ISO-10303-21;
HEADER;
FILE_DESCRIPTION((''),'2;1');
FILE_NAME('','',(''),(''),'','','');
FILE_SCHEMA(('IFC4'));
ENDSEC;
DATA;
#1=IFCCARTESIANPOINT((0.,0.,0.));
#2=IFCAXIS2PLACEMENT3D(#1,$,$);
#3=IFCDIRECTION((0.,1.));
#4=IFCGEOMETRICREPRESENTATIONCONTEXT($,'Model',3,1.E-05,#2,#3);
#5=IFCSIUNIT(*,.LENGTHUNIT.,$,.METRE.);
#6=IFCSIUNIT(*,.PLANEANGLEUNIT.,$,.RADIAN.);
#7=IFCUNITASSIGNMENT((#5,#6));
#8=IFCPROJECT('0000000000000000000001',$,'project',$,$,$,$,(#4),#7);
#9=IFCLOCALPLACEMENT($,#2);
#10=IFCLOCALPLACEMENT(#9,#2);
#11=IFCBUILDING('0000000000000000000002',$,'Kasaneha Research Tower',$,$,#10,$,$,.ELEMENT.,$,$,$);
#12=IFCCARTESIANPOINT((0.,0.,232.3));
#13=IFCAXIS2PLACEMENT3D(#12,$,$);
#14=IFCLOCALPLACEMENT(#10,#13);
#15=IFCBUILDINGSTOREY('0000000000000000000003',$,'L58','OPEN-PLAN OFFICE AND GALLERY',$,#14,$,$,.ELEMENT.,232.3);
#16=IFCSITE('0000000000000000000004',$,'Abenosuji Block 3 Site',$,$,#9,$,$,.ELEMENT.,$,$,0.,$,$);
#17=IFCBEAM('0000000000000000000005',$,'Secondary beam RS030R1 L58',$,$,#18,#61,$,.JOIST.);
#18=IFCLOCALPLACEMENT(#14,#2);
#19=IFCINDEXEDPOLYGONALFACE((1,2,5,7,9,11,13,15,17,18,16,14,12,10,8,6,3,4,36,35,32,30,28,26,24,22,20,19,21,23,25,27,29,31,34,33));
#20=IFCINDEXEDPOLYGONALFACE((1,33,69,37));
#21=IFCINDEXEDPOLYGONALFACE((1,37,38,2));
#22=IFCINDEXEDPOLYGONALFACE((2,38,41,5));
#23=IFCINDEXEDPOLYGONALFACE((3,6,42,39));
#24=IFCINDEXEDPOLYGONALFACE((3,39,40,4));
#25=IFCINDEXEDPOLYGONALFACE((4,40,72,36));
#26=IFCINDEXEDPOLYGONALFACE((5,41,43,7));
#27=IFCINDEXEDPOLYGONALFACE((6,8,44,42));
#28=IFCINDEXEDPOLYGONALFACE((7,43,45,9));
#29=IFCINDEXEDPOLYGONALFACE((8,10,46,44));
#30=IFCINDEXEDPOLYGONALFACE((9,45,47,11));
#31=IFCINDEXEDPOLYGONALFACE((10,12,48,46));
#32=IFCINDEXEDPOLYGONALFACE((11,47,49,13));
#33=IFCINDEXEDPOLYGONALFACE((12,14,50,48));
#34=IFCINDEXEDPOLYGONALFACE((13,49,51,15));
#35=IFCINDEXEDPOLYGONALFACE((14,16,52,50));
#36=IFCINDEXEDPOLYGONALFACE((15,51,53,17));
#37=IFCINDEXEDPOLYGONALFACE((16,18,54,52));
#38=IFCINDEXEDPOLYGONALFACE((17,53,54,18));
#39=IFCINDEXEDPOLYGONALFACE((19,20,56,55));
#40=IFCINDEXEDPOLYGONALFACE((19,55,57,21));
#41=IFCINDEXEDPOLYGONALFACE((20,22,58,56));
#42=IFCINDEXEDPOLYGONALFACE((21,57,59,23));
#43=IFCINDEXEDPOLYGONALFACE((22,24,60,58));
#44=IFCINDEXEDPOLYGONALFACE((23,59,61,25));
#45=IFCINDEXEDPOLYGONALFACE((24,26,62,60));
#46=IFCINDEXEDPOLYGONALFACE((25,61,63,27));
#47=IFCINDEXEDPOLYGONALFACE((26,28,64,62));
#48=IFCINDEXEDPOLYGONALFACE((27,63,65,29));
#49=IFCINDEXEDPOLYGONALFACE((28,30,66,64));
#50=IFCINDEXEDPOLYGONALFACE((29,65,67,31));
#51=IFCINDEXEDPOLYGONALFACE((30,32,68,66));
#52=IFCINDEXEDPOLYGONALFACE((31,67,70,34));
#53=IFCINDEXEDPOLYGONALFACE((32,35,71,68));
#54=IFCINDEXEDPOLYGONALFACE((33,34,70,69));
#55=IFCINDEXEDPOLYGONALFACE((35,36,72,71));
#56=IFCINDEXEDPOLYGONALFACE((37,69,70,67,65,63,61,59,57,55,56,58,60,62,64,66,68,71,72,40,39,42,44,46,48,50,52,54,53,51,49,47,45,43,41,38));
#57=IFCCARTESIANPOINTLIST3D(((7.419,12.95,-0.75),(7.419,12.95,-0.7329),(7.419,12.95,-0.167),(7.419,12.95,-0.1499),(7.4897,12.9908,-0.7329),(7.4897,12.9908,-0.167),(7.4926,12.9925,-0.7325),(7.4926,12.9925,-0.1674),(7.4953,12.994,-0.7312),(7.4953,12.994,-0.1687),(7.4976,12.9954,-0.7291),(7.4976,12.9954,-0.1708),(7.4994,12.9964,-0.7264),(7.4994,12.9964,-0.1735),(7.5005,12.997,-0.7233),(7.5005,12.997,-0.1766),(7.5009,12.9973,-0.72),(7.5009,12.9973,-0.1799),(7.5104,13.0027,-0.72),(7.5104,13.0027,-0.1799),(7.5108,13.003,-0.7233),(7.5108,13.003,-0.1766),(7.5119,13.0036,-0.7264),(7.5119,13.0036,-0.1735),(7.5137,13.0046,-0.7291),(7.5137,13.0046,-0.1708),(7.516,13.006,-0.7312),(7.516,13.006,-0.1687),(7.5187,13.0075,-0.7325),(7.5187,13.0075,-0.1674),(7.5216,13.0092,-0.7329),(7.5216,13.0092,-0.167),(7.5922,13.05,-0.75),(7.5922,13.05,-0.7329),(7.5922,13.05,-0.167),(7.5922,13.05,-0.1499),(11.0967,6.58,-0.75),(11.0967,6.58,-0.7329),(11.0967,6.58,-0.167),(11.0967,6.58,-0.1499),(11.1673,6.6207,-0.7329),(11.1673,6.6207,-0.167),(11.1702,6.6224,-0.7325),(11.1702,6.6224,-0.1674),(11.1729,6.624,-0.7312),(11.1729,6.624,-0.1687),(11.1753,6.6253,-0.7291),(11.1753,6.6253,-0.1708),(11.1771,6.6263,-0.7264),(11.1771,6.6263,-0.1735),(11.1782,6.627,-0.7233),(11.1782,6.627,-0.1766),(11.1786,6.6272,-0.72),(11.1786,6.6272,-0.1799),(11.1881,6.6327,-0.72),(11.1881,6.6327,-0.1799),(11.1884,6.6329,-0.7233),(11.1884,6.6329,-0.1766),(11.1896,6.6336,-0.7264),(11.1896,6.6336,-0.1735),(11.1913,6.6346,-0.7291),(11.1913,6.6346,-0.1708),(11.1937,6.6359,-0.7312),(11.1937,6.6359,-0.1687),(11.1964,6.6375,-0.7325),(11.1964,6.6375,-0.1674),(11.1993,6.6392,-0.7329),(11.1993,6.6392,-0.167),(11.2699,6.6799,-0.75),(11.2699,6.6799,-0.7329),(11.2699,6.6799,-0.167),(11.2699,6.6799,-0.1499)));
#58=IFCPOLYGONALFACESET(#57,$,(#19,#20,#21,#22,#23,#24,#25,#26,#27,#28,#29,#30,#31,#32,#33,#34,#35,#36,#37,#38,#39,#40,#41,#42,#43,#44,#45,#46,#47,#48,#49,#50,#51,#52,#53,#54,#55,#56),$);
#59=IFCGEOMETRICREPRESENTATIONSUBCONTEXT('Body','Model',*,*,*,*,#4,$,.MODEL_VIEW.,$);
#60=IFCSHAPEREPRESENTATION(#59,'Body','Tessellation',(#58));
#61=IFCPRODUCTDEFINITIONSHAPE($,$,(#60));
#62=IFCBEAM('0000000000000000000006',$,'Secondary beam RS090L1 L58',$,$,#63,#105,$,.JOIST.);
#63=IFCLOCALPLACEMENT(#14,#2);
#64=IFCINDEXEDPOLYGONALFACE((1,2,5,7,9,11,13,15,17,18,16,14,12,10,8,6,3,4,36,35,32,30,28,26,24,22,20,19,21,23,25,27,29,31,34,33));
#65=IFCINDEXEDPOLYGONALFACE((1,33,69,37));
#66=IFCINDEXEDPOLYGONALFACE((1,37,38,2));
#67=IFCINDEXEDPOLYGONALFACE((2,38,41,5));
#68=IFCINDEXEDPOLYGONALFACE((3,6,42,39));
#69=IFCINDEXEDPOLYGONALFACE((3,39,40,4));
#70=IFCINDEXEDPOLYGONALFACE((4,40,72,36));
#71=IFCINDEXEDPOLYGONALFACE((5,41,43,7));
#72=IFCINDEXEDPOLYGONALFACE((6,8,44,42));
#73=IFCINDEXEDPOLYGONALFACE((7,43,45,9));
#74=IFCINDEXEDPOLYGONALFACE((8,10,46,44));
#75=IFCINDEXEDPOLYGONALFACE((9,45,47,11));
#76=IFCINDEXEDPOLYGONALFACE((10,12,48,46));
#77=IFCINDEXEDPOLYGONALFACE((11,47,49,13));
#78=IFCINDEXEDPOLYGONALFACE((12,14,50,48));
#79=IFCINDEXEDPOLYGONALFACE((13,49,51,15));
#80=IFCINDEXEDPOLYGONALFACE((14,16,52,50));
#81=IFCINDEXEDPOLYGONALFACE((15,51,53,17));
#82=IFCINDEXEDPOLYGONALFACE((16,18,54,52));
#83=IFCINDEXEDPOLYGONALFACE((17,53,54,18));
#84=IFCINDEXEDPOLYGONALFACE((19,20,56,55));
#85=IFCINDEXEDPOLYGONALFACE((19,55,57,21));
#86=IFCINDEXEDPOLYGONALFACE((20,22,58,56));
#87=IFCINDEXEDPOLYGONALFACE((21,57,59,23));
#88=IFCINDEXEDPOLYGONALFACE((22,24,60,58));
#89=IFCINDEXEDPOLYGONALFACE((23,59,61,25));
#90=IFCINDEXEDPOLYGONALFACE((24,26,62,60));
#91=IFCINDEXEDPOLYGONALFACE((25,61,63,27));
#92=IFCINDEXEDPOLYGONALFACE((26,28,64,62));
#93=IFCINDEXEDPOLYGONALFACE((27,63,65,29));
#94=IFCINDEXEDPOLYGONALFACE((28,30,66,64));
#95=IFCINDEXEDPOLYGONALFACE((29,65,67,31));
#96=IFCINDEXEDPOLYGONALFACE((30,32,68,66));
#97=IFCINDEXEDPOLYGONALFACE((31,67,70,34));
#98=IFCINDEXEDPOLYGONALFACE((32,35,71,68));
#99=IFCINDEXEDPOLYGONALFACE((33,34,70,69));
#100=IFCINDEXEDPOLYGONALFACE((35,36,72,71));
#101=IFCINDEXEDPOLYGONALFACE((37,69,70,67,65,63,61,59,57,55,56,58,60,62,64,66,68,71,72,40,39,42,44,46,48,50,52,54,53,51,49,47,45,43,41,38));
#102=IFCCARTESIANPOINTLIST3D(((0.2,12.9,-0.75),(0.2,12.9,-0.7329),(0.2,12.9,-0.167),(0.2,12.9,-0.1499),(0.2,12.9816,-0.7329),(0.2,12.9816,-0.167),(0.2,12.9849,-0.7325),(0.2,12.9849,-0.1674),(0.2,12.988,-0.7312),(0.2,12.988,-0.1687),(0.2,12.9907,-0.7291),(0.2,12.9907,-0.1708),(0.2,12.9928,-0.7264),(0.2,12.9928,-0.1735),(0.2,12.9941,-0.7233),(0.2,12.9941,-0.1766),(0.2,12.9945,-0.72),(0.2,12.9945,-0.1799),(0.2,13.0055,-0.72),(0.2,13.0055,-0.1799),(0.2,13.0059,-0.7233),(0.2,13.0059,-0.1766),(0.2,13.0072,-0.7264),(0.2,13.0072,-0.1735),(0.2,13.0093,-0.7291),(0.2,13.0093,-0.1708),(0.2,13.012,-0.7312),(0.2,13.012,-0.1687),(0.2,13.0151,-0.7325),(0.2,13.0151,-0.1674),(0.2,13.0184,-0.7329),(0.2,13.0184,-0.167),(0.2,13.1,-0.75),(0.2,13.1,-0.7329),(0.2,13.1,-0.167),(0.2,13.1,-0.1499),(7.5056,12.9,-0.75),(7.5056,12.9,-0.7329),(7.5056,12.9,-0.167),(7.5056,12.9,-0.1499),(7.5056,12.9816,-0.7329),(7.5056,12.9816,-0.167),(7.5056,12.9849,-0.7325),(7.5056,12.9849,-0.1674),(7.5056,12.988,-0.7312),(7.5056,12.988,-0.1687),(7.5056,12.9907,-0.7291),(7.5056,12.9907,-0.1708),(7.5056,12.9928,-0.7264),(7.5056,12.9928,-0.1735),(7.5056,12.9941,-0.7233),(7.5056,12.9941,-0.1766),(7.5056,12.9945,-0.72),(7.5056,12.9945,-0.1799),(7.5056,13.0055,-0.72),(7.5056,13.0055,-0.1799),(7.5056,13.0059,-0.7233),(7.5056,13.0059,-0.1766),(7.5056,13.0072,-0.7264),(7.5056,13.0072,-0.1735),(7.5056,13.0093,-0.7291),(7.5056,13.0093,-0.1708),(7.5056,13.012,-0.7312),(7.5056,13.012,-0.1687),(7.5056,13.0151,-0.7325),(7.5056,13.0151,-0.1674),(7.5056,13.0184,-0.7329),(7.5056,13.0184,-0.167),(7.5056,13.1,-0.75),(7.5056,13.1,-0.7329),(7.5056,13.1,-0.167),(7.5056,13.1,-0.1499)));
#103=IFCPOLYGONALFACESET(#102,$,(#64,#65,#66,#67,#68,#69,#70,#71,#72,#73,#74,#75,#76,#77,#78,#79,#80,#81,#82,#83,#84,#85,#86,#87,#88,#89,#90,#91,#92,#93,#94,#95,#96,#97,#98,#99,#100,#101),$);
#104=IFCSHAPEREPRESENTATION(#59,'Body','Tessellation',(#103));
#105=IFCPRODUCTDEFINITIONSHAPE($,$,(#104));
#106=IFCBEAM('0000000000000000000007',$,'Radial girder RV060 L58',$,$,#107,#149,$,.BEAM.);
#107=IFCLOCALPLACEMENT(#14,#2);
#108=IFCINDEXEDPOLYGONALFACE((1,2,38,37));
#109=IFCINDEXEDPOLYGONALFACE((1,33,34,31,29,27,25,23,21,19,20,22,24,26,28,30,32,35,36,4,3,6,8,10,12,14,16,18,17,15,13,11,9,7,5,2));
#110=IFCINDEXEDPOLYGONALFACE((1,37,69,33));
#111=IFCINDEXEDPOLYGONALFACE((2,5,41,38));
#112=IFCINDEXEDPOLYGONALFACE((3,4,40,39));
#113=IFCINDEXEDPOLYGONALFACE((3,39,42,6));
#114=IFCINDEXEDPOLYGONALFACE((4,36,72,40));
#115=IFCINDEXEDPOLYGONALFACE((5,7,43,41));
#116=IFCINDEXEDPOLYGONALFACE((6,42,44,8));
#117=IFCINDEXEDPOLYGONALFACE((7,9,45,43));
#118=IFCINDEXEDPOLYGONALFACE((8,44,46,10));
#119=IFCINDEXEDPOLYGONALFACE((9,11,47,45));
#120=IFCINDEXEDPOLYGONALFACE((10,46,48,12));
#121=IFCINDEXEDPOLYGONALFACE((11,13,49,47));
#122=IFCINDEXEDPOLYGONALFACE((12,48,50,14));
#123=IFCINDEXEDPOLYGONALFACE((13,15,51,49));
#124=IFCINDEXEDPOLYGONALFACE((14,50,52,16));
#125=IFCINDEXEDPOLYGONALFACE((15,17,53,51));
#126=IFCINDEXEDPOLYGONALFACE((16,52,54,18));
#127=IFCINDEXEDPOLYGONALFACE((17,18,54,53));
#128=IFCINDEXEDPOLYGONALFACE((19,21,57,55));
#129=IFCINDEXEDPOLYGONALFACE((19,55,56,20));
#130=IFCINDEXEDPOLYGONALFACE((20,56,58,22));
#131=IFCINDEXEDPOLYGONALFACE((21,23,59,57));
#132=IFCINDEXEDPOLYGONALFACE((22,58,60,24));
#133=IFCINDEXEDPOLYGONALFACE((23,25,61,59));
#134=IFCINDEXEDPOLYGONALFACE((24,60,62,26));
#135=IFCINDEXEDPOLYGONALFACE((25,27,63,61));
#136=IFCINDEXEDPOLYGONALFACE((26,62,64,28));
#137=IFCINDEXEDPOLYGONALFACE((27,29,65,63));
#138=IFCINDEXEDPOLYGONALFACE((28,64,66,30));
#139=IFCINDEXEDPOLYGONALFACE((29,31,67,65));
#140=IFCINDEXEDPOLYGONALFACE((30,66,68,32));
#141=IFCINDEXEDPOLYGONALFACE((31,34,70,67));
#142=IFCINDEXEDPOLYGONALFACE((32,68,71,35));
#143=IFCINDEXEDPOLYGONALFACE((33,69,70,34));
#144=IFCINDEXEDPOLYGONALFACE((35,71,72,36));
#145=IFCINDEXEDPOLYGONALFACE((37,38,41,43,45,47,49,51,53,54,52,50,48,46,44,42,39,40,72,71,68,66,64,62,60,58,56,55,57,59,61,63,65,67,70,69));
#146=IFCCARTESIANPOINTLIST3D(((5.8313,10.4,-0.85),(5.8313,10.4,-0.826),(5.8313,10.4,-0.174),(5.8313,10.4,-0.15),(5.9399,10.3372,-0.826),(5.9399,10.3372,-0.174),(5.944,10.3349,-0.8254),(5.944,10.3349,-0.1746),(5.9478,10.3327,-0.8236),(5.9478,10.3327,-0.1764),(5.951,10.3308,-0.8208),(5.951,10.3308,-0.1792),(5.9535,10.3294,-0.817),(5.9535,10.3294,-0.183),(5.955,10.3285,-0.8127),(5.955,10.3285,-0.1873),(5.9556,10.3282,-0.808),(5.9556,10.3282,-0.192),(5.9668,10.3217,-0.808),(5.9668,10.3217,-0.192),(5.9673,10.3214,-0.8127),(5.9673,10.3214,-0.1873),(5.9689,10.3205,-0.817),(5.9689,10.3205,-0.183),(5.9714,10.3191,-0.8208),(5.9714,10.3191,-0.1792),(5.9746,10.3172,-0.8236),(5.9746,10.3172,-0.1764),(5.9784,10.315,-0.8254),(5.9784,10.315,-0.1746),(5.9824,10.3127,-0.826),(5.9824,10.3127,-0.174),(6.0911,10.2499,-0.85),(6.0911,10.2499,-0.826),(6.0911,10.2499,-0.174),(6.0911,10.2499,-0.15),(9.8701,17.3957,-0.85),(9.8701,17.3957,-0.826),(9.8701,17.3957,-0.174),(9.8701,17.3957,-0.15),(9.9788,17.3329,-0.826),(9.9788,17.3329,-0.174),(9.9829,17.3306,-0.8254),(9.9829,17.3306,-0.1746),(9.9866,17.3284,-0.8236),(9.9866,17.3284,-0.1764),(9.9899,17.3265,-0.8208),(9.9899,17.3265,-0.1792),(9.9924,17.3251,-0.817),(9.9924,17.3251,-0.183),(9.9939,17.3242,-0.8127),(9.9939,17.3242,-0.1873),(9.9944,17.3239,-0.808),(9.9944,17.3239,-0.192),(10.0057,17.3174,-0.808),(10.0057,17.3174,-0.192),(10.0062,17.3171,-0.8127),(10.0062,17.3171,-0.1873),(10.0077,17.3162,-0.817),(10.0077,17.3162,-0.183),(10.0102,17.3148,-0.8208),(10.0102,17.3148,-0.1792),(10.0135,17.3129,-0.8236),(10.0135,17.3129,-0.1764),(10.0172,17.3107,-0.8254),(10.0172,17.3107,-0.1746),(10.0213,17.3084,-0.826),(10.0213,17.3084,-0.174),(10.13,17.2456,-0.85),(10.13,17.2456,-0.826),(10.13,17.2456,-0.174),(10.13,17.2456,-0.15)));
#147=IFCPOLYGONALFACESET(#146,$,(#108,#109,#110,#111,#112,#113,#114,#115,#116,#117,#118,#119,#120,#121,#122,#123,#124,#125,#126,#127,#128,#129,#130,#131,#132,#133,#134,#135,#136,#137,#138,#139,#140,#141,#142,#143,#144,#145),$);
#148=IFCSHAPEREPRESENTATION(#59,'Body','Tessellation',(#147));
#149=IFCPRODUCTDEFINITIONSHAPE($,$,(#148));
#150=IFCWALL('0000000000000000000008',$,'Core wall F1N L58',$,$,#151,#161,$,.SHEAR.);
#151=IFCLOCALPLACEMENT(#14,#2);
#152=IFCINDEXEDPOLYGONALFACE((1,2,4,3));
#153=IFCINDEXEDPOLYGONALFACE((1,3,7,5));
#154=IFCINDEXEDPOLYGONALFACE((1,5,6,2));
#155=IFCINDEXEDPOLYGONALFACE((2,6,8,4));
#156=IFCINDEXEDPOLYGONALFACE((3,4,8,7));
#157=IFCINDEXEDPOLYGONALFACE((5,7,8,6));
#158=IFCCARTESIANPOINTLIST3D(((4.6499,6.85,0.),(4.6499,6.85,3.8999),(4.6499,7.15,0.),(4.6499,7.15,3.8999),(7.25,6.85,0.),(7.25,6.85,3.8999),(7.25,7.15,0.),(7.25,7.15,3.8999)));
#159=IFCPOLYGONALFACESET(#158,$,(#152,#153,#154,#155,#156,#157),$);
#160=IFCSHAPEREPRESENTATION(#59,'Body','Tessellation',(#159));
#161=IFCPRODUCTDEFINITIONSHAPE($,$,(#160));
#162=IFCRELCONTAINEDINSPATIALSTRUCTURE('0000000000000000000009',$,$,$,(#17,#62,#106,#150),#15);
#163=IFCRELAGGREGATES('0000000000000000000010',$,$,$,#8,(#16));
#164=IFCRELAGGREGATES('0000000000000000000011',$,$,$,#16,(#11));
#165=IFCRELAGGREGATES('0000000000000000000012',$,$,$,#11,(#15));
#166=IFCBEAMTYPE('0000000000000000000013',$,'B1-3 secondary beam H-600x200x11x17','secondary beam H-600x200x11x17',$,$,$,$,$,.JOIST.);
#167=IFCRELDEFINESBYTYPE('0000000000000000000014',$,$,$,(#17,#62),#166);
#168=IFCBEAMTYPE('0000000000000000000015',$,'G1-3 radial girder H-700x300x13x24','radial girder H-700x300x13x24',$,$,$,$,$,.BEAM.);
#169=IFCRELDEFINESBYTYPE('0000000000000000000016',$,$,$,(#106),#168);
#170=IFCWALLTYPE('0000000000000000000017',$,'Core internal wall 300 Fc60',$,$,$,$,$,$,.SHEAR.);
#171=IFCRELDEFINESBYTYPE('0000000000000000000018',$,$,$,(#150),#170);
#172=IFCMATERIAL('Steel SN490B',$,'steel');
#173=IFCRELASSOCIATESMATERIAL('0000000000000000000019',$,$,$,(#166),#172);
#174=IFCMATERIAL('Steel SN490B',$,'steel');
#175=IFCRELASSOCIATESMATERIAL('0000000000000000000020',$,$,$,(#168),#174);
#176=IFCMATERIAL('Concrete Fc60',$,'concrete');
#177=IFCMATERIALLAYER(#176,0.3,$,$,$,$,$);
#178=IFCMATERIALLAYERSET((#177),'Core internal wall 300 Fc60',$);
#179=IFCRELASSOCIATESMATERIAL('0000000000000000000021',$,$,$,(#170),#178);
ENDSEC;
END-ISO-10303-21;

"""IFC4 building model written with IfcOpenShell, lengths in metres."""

from ifc_helpers import new_model, si_unit, direction, frame, frame_2d, origin, origin_2d, place, context, subcontext, project, spatial, rectangle, i_section, extrude, material, layer, layer_set, material_profile, profile_set, type_object, element, save


model = new_model("IFC4")

# Units and contexts
model_context = context("Model", 3, precision=1e-05, world=origin(), true_north=direction((0.0, 1.0)))
body_context = subcontext(model_context, "Body", "Model", "MODEL_VIEW")
ifc_project = project(units=[si_unit("LENGTHUNIT", "METRE"), si_unit("PLANEANGLEUNIT", "RADIAN")], contexts=[model_context])

# Site, building, storey
site_placement = place(None, origin())
site = spatial("IfcSite", under=ifc_project, at=site_placement, Name="Abenosuji Block 3 Site", CompositionType="ELEMENT", RefElevation=0.0)
building_placement = place(site_placement, origin())
building = spatial("IfcBuilding", under=site, at=building_placement, Name="Kasaneha Research Tower", CompositionType="ELEMENT")
storey_placement = place(building_placement, frame((0.0, 0.0, 232.3)))
storey = spatial("IfcBuildingStorey", under=building, at=storey_placement, Name="L58", Description="OPEN-PLAN OFFICE AND GALLERY", CompositionType="ELEMENT", Elevation=232.3)

# Beams
ifc_material_1 = material(Name="Steel SN490B", Category="steel")
ifc_material_profile_1 = material_profile(ifc_material_1, i_section(OverallWidth=0.2, OverallDepth=0.6001, WebThickness=0.011, FlangeThickness=0.0171, FilletRadius=0.0129, at=origin_2d()), Name="H-600x200x11x17")
ifc_profile_set_1 = profile_set([ifc_material_profile_1], Name="Steel SN490B")
beam_type_1 = type_object("IfcBeamType", Name="B1-3 secondary beam H-600x200x11x17", Description="secondary beam H-600x200x11x17", PredefinedType="JOIST", material=ifc_profile_set_1)
beam_1_placement = place(storey_placement, frame((7.5056, 13.0, -0.45), z_axis=(0.499994, -0.866029, 0.0), x_axis=(0.866029, 0.499994, 0.0)))
element("IfcBeam", 1, at=beam_1_placement, inside=storey, type_object=beam_type_1, Name="Secondary beam RS030R1 L58", PredefinedType="JOIST", context=body_context, shape_type="SweptSolid", body=[
    extrude(i_section(OverallWidth=0.2, OverallDepth=0.6001, WebThickness=0.011, FlangeThickness=0.0171, FilletRadius=0.0129, at=origin_2d()), origin(), (0.0, 0.0, 1.0), 7.3555),
])
beam_2_placement = place(storey_placement, frame((7.5056, 13.0, -0.45), z_axis=(-1.0, 0.0, 0.0), x_axis=(0.0, -1.0, 0.0)))
element("IfcBeam", 2, at=beam_2_placement, inside=storey, type_object=beam_type_1, Name="Secondary beam RS090L1 L58", PredefinedType="JOIST", context=body_context, shape_type="SweptSolid", body=[
    extrude(i_section(OverallWidth=0.2, OverallDepth=0.6001, WebThickness=0.011, FlangeThickness=0.0171, FilletRadius=0.0129, at=origin_2d()), origin(), (0.0, 0.0, 1.0), 7.3057),
])
ifc_material_2 = material(Name="Steel SN490B", Category="steel")
ifc_material_profile_2 = material_profile(ifc_material_2, i_section(OverallWidth=0.3, OverallDepth=0.7, WebThickness=0.0129, FlangeThickness=0.0239, FilletRadius=0.0181, at=origin_2d()), Name="H-700x300x13x24")
ifc_profile_set_2 = profile_set([ifc_material_profile_2], Name="Steel SN490B")
beam_type_2 = type_object("IfcBeamType", Name="G1-3 radial girder H-700x300x13x24", Description="radial girder H-700x300x13x24", PredefinedType="BEAM", material=ifc_profile_set_2)
beam_3_placement = place(storey_placement, frame((5.9612, 10.325, -0.5), z_axis=(0.499991, 0.866031, 0.0), x_axis=(-0.866031, 0.499991, 0.0)))
element("IfcBeam", 3, at=beam_3_placement, inside=storey, type_object=beam_type_2, Name="Radial girder RV060 L58", PredefinedType="BEAM", context=body_context, shape_type="SweptSolid", body=[
    extrude(i_section(OverallWidth=0.3, OverallDepth=0.7, WebThickness=0.0129, FlangeThickness=0.0239, FilletRadius=0.0181, at=origin_2d()), origin(), (0.0, 0.0, 1.0), 8.0779),
])

# Wall
ifc_material_3 = material(Name="Concrete Fc60", Category="concrete")
ifc_layer_1 = layer(ifc_material_3, 0.3)
ifc_layer_set_1 = layer_set([ifc_layer_1], Name="Core internal wall 300 Fc60")
wall_type_1 = type_object("IfcWallType", Name="Core internal wall 300 Fc60", PredefinedType="SHEAR", material=ifc_layer_set_1)
wall_1_placement = place(storey_placement, frame((4.6499, 7.0, 0.0), z_axis=(0.0, 0.0, 1.0), x_axis=(1.0, 0.0, 0.0)))
element("IfcWall", 4, at=wall_1_placement, inside=storey, type_object=wall_type_1, Name="Core wall F1N L58", PredefinedType="SHEAR", context=body_context, shape_type="SweptSolid", body=[
    extrude(rectangle(XDim=2.6001, YDim=0.3, at=frame_2d((1.3, 0.0))), origin(), (0.0, 0.0, 1.0), 3.8999),
])

save(model, "model.ifc")
